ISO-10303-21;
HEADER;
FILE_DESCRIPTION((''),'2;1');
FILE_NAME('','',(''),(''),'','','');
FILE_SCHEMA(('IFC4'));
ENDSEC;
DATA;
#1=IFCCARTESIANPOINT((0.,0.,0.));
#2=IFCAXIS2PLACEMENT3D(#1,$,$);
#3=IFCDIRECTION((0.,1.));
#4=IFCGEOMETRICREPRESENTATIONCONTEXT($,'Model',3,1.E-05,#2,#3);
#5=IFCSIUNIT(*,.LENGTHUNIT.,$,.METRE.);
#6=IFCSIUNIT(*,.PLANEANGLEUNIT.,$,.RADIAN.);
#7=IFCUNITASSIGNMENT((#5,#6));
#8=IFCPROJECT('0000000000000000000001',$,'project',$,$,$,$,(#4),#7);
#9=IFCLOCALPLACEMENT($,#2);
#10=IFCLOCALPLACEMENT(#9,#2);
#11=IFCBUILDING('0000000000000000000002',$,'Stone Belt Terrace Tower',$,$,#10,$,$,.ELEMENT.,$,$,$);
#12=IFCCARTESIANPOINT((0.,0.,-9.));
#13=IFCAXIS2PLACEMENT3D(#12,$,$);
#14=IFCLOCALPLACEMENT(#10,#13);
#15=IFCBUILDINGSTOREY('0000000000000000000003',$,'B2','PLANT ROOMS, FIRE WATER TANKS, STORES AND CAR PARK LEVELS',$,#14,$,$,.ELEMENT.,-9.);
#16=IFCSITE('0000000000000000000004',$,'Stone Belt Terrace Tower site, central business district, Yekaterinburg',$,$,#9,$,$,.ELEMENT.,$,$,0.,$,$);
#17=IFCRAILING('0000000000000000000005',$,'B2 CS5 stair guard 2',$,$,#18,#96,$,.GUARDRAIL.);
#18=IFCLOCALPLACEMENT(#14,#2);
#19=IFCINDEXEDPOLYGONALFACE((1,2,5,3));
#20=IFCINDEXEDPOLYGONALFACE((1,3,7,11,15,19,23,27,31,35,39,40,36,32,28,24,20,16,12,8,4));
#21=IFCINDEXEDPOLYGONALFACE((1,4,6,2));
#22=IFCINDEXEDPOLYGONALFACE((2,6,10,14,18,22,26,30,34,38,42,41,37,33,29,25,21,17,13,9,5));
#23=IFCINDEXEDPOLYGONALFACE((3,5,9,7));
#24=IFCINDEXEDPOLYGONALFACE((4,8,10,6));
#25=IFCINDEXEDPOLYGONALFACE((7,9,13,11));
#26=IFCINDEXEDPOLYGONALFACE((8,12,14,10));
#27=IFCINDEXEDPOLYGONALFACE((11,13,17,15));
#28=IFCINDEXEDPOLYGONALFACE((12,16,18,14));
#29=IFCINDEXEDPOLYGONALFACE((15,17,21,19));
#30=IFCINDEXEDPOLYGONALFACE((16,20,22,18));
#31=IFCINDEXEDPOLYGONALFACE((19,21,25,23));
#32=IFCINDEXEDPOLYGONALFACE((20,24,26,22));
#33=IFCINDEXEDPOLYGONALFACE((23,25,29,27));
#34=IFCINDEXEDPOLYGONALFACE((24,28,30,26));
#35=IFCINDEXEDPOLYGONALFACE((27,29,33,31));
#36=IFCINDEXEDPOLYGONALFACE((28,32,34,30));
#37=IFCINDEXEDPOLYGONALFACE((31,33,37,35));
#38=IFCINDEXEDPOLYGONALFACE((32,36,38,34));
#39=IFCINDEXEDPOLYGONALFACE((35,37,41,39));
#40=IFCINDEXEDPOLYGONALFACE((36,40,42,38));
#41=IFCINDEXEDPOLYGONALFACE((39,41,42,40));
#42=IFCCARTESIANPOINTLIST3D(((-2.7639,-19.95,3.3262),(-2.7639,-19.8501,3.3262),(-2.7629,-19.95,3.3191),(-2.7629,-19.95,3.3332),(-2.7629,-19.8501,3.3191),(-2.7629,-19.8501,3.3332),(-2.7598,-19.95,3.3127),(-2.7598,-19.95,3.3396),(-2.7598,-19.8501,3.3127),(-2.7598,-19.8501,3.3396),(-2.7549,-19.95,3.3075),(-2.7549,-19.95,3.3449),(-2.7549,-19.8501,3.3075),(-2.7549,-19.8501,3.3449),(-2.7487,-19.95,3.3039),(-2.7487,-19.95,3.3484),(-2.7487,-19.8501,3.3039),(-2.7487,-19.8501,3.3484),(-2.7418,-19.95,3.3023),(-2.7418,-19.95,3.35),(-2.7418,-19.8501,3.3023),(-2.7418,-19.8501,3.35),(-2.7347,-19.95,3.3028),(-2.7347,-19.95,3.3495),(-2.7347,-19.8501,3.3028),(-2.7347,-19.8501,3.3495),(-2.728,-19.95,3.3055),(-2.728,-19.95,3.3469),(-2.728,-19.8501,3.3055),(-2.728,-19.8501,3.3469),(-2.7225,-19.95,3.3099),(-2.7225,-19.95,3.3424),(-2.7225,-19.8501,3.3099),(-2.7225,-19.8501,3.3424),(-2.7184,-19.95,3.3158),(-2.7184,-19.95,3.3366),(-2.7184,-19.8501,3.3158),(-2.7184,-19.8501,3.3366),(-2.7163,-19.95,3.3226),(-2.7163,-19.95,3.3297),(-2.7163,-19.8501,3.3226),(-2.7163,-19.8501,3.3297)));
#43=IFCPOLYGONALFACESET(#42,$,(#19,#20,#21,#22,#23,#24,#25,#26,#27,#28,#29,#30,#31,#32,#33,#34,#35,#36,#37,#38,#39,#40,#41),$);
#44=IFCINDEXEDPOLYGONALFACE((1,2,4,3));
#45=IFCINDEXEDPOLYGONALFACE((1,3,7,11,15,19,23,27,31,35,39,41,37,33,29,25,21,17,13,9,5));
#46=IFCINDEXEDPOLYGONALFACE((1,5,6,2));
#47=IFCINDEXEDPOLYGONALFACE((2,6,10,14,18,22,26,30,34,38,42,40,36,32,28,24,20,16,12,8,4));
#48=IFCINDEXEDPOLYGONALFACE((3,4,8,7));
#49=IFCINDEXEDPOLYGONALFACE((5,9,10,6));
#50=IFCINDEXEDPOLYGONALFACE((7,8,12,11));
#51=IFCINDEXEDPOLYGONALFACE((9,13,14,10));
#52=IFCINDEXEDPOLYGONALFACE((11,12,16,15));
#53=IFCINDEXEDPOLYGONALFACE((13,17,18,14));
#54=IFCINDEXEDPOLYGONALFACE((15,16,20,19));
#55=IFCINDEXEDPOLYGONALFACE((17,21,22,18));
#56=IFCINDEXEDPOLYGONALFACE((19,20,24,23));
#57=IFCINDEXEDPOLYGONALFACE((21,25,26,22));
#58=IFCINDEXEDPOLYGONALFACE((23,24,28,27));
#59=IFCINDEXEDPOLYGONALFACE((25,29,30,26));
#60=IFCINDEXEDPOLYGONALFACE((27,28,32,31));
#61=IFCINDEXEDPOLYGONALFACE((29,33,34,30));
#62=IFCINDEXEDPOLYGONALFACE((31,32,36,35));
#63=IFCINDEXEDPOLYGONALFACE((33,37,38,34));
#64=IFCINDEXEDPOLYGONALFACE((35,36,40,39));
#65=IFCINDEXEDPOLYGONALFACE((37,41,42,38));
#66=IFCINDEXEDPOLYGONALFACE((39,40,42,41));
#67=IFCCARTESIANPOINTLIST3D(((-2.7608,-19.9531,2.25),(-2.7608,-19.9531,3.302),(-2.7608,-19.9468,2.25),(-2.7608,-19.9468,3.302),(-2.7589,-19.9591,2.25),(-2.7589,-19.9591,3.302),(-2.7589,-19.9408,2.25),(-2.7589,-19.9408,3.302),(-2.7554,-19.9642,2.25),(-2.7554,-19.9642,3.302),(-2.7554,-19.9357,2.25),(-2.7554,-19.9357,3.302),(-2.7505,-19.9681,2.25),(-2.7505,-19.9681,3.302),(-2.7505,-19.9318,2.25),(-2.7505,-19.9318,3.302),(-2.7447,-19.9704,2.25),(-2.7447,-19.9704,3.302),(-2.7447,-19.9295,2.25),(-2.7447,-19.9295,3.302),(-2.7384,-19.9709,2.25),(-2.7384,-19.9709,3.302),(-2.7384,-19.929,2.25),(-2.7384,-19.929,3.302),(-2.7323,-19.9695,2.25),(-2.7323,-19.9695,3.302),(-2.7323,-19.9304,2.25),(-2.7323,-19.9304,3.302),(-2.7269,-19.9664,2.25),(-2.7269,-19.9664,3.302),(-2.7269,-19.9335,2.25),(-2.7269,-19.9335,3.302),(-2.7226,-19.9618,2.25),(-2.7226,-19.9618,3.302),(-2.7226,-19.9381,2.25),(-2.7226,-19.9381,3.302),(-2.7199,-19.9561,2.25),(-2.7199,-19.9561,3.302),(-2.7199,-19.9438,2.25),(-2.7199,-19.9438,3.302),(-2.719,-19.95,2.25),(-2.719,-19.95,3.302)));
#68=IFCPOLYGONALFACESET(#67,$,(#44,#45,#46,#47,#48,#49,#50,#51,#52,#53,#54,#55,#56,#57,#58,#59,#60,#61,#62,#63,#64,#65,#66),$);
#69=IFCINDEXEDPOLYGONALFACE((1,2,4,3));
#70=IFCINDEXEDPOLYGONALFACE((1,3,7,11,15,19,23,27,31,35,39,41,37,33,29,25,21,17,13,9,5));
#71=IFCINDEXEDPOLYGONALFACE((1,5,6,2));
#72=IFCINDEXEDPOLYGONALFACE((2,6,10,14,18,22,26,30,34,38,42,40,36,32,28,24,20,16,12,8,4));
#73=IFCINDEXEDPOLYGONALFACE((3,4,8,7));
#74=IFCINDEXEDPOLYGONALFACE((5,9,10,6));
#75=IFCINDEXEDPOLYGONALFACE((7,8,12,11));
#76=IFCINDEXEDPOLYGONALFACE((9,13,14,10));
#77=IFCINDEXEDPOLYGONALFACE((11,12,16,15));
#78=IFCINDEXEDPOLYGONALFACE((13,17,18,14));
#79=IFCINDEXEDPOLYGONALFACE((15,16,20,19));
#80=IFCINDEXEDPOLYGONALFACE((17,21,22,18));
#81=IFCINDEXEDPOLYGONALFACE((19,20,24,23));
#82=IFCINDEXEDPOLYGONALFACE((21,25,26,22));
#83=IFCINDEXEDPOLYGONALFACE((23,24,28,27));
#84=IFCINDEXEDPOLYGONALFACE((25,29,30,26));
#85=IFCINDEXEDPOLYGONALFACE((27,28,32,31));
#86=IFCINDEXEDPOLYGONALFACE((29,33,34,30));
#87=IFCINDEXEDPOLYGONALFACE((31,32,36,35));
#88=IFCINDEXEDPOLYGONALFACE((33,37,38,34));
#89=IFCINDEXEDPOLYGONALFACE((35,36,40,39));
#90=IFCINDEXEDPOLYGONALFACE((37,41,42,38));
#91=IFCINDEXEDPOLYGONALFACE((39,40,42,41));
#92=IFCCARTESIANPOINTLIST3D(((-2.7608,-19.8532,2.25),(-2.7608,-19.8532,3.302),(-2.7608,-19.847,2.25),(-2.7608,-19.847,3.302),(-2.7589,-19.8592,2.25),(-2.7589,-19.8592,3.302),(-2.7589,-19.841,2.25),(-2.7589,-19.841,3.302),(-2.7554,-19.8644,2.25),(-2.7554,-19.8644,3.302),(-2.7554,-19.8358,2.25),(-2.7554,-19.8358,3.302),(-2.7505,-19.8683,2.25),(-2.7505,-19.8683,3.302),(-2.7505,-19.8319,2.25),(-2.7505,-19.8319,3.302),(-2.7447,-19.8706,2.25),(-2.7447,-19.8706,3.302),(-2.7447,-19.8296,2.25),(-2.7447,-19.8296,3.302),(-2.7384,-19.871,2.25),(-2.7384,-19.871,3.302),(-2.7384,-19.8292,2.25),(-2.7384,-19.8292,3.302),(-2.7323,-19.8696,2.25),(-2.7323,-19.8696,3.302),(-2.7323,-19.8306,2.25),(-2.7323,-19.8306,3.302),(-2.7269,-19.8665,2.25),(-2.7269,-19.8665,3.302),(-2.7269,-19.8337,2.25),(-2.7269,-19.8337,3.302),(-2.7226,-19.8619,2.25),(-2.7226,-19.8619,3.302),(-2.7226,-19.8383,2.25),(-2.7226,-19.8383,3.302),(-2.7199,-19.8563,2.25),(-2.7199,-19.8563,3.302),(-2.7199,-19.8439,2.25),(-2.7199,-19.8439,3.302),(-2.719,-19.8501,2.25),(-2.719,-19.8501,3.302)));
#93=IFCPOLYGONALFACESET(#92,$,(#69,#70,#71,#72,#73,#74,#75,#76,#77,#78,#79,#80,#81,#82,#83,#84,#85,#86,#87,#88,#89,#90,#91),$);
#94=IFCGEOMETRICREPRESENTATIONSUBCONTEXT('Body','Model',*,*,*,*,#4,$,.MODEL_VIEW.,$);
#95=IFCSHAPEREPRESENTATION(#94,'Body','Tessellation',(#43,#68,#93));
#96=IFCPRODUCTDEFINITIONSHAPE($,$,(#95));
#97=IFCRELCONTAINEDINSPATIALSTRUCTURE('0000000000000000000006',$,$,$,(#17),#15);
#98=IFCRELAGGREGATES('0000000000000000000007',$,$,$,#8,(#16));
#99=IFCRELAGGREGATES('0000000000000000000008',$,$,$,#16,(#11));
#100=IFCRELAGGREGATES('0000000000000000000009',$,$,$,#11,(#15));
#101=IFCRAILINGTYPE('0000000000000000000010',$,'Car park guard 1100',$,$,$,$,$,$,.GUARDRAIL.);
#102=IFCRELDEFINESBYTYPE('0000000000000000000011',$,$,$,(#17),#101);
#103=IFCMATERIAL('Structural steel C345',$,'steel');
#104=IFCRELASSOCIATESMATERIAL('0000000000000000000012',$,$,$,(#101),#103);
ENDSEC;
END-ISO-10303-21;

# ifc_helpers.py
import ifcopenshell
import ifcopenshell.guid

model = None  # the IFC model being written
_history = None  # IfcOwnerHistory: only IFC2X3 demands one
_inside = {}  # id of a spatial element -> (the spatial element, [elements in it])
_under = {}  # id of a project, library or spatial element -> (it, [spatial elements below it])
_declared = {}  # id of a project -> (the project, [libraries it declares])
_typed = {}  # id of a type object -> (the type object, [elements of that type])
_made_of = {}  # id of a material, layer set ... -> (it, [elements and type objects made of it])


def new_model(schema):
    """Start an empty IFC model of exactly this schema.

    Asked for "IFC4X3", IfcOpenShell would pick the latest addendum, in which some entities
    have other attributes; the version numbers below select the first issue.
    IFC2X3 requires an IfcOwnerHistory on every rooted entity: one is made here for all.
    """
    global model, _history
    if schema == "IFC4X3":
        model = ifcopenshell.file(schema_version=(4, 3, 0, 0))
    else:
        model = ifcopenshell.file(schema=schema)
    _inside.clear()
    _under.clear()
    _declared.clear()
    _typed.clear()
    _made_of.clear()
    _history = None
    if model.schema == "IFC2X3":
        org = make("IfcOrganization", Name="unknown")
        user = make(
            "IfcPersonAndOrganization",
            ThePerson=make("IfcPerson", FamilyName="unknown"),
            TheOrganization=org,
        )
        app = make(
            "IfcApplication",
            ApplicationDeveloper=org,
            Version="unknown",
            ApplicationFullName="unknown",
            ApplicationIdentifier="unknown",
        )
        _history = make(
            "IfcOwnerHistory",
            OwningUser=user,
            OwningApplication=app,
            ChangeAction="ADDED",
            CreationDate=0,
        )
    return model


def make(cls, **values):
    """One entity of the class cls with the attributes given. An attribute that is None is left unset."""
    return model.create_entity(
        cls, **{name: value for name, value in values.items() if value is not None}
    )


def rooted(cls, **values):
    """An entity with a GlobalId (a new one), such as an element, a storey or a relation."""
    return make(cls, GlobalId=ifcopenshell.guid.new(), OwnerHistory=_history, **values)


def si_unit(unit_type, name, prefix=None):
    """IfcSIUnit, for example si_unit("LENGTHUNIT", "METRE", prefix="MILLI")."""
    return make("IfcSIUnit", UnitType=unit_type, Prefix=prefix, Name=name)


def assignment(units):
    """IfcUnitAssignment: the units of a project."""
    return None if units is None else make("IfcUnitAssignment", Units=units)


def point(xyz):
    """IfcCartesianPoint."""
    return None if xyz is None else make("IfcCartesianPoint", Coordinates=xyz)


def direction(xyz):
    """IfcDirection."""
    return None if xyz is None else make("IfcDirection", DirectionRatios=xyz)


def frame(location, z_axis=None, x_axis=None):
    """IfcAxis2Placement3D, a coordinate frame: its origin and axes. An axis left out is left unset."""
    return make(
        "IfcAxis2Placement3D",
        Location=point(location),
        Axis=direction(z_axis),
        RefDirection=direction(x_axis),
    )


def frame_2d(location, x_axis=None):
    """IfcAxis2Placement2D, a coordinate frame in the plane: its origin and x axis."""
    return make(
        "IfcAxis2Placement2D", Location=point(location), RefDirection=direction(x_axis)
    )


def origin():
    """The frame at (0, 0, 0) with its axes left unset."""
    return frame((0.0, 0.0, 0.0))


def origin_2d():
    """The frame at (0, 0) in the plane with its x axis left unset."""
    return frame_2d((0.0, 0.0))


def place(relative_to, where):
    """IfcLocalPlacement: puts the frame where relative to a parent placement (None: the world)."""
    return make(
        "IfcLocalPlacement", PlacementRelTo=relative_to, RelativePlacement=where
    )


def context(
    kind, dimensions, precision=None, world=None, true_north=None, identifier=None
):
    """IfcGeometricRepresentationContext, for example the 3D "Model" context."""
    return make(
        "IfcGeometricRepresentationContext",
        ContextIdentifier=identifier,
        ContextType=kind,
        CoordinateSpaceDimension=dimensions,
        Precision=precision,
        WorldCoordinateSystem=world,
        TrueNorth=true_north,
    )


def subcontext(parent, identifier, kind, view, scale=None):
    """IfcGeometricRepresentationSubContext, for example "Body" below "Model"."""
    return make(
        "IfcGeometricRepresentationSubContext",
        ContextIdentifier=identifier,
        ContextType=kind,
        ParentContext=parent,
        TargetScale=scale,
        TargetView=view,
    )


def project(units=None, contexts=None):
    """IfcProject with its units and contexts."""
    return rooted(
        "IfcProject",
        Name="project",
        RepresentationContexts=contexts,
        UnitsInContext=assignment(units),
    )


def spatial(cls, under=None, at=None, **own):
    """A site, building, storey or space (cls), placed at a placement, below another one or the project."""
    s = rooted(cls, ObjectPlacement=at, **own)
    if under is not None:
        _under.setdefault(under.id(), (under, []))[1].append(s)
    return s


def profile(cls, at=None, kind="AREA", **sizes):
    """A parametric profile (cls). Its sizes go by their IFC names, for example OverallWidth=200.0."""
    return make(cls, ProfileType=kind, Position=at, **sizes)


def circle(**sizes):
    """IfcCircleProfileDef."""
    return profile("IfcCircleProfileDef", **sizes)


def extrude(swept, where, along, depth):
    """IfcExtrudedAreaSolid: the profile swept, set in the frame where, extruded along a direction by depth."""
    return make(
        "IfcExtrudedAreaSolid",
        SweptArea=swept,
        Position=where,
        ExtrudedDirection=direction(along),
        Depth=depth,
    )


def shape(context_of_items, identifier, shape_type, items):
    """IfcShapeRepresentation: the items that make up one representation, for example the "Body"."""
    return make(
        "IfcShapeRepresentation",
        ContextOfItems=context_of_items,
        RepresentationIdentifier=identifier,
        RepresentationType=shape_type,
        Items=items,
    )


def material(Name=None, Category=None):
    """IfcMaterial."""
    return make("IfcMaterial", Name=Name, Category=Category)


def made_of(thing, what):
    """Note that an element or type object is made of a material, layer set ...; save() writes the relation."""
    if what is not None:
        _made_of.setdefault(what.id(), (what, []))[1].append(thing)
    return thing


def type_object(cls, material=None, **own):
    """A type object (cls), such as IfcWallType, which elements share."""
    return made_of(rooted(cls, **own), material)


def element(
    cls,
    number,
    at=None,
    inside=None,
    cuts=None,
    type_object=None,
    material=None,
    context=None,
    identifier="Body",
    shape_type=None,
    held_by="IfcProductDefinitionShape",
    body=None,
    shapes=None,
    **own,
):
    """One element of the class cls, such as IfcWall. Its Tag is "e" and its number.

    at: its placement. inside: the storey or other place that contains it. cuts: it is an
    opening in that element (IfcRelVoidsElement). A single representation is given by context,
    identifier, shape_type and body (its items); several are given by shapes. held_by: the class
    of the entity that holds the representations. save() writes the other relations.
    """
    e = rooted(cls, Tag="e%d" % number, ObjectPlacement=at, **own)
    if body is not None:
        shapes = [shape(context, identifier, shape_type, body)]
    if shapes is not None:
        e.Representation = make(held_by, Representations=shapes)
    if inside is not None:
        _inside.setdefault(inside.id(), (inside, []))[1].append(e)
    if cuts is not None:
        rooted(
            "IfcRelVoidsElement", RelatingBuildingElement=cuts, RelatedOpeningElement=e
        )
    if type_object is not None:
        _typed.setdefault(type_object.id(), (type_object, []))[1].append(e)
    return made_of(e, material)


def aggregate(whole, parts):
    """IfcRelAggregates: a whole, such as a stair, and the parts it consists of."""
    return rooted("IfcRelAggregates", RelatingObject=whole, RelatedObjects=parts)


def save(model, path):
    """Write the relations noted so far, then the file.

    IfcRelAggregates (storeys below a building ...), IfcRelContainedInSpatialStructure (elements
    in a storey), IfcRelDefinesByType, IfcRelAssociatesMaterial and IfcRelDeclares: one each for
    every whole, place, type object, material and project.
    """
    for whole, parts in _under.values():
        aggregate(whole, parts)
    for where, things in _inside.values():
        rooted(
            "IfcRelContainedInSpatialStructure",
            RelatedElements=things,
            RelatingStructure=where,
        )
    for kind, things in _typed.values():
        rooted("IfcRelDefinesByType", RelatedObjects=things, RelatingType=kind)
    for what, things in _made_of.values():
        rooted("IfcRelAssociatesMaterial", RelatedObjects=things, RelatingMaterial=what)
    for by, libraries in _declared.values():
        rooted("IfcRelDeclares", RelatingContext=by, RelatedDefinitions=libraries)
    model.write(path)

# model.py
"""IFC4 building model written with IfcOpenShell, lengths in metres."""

from ifc_helpers import new_model, si_unit, direction, frame, origin, origin_2d, place, context, subcontext, project, spatial, circle, extrude, material, type_object, element, save


model = new_model("IFC4")

# Units and contexts
model_context = context("Model", 3, precision=1e-05, world=origin(), true_north=direction((0.0, 1.0)))
body_context = subcontext(model_context, "Body", "Model", "MODEL_VIEW")
ifc_project = project(units=[si_unit("LENGTHUNIT", "METRE"), si_unit("PLANEANGLEUNIT", "RADIAN")], contexts=[model_context])

# Site, building, storey
site_placement = place(None, origin())
site = spatial("IfcSite", under=ifc_project, at=site_placement, Name="Stone Belt Terrace Tower site, central business district, Yekaterinburg", CompositionType="ELEMENT", RefElevation=0.0)
building_placement = place(site_placement, origin())
building = spatial("IfcBuilding", under=site, at=building_placement, Name="Stone Belt Terrace Tower", CompositionType="ELEMENT")
storey_placement = place(building_placement, frame((0.0, 0.0, -9.0)))
storey = spatial("IfcBuildingStorey", under=building, at=storey_placement, Name="B2", Description="PLANT ROOMS, FIRE WATER TANKS, STORES AND CAR PARK LEVELS", CompositionType="ELEMENT", Elevation=-9.0)

# Railing
ifc_material_1 = material(Name="Structural steel C345", Category="steel")
railing_type_1 = type_object("IfcRailingType", Name="Car park guard 1100", PredefinedType="GUARDRAIL", material=ifc_material_1)
railing_1_placement = place(storey_placement, frame((-2.74, -19.95, 2.25)))
element("IfcRailing", 1, at=railing_1_placement, inside=storey, type_object=railing_type_1, Name="B2 CS5 stair guard 2", PredefinedType="GUARDRAIL", context=body_context, shape_type="SweptSolid", body=[
    extrude(circle(Radius=0.0239, at=origin_2d()), frame((0.0, 0.0, 1.0762), z_axis=(0.0, 1.0, 0.0), x_axis=(-1.0, 0.0, 0.0)), (0.0, 0.0, 1.0), 0.0999),
    extrude(circle(Radius=0.021, at=origin_2d()), origin(), (0.0, 0.0, 1.0), 1.052),
    extrude(circle(Radius=0.021, at=origin_2d()), frame((0.0, 0.0999, 0.0)), (0.0, 0.0, 1.0), 1.052),
])

save(model, "model.ifc")
